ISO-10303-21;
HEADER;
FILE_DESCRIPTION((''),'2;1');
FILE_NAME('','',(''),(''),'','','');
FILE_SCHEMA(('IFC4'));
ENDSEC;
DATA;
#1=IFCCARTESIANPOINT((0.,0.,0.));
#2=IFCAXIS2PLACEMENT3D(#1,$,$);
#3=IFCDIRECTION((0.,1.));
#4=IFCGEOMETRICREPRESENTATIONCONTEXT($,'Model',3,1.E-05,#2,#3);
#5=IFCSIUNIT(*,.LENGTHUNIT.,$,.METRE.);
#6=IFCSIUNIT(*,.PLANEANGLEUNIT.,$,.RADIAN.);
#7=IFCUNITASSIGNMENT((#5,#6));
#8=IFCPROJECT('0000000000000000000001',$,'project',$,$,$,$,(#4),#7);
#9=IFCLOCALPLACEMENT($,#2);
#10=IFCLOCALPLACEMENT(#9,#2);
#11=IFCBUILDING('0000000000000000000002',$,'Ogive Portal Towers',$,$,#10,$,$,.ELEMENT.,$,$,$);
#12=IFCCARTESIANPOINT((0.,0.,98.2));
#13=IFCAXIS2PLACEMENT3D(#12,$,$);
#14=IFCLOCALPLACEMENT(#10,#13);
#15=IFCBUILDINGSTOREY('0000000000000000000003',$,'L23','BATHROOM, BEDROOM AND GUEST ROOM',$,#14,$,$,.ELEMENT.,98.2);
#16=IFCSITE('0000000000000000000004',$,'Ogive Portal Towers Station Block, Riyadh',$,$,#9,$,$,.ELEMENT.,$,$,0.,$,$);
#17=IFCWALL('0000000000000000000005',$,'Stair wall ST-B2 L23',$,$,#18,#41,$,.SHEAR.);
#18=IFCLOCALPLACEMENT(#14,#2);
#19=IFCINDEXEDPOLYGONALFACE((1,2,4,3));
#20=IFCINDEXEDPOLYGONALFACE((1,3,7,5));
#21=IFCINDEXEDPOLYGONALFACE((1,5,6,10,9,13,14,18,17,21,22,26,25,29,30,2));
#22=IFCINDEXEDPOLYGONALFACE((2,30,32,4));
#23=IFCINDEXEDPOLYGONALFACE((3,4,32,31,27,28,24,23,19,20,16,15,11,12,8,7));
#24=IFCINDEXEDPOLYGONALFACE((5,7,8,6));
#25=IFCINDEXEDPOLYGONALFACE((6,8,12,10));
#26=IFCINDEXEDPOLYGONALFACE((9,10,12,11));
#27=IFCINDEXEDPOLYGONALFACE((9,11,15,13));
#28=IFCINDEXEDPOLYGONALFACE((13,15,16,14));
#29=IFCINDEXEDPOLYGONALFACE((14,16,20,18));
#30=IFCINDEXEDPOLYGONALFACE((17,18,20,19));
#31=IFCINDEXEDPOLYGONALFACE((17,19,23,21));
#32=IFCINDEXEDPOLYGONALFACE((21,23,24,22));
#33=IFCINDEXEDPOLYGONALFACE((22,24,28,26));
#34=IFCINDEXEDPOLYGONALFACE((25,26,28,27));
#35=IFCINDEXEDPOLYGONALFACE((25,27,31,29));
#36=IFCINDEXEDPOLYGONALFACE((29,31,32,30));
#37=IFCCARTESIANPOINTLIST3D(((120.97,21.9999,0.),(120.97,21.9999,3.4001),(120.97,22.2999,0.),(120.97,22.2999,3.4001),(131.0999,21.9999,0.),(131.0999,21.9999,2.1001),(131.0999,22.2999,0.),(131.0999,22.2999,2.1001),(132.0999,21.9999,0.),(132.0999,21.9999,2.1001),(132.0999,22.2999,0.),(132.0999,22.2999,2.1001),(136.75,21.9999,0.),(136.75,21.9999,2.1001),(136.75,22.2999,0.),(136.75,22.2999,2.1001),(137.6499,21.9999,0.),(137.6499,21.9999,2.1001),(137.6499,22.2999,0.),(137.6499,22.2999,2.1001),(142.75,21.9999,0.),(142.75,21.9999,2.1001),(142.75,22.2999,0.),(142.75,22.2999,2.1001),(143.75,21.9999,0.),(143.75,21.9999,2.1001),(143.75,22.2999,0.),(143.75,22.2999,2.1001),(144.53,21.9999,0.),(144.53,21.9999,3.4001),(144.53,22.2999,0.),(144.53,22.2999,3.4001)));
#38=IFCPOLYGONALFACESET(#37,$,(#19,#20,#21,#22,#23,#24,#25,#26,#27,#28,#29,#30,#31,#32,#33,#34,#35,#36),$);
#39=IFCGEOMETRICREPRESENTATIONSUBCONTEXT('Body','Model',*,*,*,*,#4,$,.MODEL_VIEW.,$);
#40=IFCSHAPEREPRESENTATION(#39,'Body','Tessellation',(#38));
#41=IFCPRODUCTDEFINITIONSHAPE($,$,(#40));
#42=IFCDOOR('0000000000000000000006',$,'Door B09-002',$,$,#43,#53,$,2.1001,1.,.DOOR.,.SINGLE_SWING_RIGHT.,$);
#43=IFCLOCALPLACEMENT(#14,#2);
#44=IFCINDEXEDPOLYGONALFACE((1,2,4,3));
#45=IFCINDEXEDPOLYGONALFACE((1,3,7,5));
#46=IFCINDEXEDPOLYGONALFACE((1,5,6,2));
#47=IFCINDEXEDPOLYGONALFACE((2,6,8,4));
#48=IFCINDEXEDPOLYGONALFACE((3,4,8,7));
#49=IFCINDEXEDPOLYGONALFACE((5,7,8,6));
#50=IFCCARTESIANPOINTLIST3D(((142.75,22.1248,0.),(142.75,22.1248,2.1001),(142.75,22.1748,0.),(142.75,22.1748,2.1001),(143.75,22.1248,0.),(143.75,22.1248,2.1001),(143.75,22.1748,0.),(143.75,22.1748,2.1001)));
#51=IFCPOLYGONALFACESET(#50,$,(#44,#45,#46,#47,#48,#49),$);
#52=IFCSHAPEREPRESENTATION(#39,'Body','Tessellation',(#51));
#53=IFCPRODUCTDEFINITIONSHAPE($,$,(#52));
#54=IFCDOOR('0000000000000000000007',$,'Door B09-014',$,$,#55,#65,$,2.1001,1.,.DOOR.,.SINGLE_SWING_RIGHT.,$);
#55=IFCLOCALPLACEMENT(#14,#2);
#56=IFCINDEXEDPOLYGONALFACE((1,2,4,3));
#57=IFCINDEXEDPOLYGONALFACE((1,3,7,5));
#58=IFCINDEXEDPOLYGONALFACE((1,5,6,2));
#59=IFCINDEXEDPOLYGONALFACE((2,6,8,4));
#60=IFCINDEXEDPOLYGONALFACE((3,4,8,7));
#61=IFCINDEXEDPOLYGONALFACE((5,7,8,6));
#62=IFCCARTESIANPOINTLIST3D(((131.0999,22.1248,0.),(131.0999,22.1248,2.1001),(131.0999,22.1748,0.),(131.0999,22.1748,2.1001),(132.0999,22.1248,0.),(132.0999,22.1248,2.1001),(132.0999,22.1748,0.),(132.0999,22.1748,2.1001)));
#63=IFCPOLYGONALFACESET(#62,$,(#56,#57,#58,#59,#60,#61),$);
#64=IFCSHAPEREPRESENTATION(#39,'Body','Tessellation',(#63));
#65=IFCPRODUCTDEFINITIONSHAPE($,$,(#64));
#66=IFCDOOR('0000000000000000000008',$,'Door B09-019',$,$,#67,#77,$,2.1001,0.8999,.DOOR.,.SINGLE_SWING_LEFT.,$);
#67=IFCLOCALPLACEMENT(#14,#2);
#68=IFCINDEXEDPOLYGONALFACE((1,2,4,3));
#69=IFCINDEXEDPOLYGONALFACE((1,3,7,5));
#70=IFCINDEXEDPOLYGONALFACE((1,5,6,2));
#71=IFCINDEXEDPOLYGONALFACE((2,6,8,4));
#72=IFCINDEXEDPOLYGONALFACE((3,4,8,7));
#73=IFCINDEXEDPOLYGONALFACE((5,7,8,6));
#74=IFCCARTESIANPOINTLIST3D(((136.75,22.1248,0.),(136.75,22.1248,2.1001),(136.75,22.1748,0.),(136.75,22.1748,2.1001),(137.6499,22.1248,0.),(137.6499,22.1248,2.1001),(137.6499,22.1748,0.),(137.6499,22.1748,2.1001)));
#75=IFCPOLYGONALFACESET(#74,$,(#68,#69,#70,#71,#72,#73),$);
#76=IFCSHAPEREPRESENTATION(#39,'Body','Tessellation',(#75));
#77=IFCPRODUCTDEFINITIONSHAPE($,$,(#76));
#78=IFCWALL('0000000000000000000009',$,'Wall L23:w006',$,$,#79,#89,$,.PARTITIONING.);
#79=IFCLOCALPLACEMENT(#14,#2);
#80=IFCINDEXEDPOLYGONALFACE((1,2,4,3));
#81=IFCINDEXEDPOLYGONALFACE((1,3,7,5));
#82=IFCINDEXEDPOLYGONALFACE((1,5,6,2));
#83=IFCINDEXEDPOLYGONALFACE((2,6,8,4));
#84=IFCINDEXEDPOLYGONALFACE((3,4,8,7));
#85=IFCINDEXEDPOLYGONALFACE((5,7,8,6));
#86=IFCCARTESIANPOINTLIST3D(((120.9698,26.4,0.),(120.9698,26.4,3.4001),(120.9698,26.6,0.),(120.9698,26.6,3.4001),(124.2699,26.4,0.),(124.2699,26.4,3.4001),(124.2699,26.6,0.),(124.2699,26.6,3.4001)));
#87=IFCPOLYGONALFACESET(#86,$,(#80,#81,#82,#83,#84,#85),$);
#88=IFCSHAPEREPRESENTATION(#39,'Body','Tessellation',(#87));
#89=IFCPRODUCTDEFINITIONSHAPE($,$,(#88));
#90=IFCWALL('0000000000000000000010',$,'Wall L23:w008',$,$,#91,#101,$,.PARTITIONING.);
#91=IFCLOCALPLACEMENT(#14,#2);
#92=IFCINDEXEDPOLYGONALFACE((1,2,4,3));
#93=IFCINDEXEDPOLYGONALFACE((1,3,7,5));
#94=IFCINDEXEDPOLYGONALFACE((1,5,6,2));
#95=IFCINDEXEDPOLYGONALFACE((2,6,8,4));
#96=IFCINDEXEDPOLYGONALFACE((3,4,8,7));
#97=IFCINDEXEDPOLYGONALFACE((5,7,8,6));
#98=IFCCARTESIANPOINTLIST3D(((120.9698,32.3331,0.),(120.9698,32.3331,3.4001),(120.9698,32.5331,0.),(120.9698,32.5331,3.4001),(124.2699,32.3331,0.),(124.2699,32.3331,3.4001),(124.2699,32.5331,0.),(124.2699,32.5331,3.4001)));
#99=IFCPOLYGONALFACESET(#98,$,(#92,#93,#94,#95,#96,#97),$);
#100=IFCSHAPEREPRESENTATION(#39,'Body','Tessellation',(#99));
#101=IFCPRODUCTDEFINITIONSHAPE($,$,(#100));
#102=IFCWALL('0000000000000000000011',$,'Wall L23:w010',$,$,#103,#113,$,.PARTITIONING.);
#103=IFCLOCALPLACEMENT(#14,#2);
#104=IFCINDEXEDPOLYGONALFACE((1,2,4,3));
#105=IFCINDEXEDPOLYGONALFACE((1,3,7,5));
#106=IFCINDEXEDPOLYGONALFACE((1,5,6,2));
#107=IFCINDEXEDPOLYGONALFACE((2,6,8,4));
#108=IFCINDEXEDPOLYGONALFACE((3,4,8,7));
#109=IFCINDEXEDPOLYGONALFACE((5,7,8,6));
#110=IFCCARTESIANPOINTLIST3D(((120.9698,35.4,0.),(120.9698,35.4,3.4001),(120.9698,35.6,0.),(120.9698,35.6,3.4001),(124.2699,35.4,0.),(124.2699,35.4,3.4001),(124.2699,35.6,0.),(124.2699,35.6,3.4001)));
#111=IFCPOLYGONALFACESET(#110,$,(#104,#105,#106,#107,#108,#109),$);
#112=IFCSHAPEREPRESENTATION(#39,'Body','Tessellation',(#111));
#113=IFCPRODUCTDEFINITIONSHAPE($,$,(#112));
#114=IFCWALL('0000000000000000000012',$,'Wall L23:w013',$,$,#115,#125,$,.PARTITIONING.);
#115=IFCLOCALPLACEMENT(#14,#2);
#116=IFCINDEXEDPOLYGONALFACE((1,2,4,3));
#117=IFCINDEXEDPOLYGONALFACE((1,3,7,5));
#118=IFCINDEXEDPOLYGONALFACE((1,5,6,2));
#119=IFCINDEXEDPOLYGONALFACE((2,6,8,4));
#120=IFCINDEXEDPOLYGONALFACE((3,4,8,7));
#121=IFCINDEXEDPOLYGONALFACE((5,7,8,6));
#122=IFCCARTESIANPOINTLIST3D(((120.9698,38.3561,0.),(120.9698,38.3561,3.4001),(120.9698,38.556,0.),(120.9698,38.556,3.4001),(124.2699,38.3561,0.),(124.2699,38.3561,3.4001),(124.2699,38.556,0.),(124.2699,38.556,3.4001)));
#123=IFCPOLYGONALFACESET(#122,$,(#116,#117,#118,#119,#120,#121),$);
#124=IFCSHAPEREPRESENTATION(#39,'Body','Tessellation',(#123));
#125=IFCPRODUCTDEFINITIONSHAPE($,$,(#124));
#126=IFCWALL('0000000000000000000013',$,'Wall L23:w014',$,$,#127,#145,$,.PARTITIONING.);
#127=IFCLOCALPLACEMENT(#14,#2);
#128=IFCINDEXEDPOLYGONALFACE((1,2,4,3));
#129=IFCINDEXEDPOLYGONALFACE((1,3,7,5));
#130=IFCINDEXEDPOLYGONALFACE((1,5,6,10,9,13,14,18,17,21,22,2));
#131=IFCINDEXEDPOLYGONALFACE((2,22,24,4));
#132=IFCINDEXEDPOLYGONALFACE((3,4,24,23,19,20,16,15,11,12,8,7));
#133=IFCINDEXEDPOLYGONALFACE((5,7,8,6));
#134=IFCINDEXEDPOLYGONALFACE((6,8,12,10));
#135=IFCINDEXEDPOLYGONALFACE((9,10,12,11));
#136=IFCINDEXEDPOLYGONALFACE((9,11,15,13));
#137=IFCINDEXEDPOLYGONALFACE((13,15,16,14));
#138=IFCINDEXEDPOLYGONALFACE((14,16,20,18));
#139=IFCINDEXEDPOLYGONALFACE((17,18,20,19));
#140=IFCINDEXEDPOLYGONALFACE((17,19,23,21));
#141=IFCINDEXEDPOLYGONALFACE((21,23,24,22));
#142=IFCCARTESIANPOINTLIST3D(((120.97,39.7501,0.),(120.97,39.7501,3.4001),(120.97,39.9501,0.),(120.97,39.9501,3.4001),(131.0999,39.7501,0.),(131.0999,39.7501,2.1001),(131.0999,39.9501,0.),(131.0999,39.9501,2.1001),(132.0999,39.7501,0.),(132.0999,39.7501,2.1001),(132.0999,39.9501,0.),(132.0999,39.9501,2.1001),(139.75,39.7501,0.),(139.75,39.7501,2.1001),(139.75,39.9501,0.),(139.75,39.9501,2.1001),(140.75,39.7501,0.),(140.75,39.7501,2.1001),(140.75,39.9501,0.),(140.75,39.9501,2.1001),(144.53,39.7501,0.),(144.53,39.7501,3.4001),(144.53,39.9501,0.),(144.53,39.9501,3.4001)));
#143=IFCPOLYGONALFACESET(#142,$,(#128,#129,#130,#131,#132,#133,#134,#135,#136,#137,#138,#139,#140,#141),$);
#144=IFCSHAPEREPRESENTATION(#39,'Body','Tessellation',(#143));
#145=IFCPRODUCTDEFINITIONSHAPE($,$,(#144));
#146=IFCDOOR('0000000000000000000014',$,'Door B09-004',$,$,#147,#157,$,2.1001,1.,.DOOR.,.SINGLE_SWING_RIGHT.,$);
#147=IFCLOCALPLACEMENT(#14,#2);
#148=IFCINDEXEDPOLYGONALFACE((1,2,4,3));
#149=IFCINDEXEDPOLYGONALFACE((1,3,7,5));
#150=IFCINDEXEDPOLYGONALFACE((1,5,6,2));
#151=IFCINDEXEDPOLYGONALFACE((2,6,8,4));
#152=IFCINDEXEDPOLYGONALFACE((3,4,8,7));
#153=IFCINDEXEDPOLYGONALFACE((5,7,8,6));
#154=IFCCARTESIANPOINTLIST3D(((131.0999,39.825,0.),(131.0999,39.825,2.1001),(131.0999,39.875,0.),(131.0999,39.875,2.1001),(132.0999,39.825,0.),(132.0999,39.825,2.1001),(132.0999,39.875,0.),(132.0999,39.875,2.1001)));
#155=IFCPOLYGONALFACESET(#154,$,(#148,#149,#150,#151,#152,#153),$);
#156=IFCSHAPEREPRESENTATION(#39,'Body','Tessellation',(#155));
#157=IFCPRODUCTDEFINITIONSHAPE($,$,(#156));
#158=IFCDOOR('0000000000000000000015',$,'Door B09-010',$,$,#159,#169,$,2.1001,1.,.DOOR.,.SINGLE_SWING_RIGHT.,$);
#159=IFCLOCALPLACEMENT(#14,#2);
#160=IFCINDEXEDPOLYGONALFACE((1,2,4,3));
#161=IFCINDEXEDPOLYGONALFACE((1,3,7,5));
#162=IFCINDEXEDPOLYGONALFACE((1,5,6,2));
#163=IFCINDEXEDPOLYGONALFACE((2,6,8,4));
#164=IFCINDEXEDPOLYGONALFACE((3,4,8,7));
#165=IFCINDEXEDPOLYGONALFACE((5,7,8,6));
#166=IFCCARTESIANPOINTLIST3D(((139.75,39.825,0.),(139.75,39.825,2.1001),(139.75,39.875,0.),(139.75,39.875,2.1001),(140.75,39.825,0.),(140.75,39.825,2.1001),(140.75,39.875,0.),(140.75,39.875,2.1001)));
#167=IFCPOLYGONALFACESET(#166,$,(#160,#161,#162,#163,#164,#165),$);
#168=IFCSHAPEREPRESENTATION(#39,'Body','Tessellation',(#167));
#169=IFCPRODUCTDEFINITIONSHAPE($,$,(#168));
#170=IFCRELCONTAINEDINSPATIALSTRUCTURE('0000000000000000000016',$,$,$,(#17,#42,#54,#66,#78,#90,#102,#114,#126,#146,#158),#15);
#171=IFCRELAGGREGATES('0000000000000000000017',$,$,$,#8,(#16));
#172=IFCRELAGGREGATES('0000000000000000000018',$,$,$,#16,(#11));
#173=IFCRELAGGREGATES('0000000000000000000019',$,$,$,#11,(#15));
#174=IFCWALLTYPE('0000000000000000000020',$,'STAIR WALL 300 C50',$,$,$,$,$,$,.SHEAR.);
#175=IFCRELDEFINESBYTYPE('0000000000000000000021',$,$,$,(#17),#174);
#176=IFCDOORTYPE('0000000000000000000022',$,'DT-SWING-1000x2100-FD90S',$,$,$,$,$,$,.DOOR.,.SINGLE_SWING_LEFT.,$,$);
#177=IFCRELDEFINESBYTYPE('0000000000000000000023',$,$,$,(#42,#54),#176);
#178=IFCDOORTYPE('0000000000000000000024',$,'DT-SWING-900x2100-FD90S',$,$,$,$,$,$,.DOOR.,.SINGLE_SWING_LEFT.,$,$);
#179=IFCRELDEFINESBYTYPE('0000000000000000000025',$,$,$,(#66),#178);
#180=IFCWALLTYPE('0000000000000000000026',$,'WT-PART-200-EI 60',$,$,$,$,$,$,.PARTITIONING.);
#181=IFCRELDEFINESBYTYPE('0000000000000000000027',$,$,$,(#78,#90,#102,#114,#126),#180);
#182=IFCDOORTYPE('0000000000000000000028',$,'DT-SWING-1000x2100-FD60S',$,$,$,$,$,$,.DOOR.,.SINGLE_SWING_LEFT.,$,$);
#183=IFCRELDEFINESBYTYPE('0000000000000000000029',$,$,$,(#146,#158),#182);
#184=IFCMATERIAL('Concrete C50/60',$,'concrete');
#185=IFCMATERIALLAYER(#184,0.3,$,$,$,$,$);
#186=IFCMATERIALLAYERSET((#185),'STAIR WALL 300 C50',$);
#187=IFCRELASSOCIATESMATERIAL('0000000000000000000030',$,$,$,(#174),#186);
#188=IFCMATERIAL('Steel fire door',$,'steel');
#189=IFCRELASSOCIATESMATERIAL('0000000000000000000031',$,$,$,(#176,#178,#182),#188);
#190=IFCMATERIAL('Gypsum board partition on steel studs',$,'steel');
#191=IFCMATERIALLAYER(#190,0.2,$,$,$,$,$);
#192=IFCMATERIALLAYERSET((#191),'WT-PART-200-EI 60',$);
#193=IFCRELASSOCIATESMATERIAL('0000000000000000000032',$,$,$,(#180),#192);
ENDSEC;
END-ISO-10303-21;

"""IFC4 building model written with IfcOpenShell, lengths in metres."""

from ifc_helpers import new_model, si_unit, direction, frame, frame_2d, origin, place, context, subcontext, project, spatial, rectangle, extrude, material, layer, layer_set, type_object, element, fill, save


model = new_model("IFC4")

# Units and contexts
model_context = context("Model", 3, precision=1e-05, world=origin(), true_north=direction((0.0, 1.0)))
body_context = subcontext(model_context, "Body", "Model", "MODEL_VIEW")
ifc_project = project(units=[si_unit("LENGTHUNIT", "METRE"), si_unit("PLANEANGLEUNIT", "RADIAN")], contexts=[model_context])

# Site, building, storey
site_placement = place(None, origin())
site = spatial("IfcSite", under=ifc_project, at=site_placement, Name="Ogive Portal Towers Station Block, Riyadh", CompositionType="ELEMENT", RefElevation=0.0)
building_placement = place(site_placement, origin())
building = spatial("IfcBuilding", under=site, at=building_placement, Name="Ogive Portal Towers", CompositionType="ELEMENT")
storey_placement = place(building_placement, frame((0.0, 0.0, 98.2)))
storey = spatial("IfcBuildingStorey", under=building, at=storey_placement, Name="L23", Description="BATHROOM, BEDROOM AND GUEST ROOM", CompositionType="ELEMENT", Elevation=98.2)

# Wall, openings, doors
ifc_material_1 = material(Name="Concrete C50/60", Category="concrete")
ifc_layer_1 = layer(ifc_material_1, 0.3)
ifc_layer_set_1 = layer_set([ifc_layer_1], Name="STAIR WALL 300 C50")
wall_type_1 = type_object("IfcWallType", Name="STAIR WALL 300 C50", PredefinedType="SHEAR", material=ifc_layer_set_1)
wall_1_placement = place(storey_placement, frame((120.97, 22.1499, 0.0), z_axis=(0.0, 0.0, 1.0), x_axis=(1.0, 0.0, 0.0)))
wall_1 = element("IfcWall", 1, at=wall_1_placement, inside=storey, type_object=wall_type_1, Name="Stair wall ST-B2 L23", PredefinedType="SHEAR", context=body_context, shape_type="SweptSolid", body=[
    extrude(rectangle(XDim=23.5601, YDim=0.3, at=frame_2d((11.78, 0.0))), origin(), (0.0, 0.0, 1.0), 3.4001),
])
opening_1_placement = place(wall_1_placement, frame((21.78, 0.0, 0.0)))
opening_1 = element("IfcOpeningElement", 2, at=opening_1_placement, cuts=wall_1, PredefinedType="OPENING", context=body_context, shape_type="SweptSolid", body=[
    extrude(rectangle(XDim=1.0, YDim=2.1001, at=frame_2d((0.5, 1.05))), frame((0.0, 0.1602, 0.0), z_axis=(0.0, -1.0, 0.0), x_axis=(1.0, 0.0, 0.0)), (0.0, 0.0, 1.0), 0.3201),
])
opening_2_placement = place(wall_1_placement, frame((10.1299, 0.0, 0.0)))
opening_2 = element("IfcOpeningElement", 3, at=opening_2_placement, cuts=wall_1, PredefinedType="OPENING", context=body_context, shape_type="SweptSolid", body=[
    extrude(rectangle(XDim=1.0, YDim=2.1001, at=frame_2d((0.5, 1.05))), frame((0.0, 0.1602, 0.0), z_axis=(0.0, -1.0, 0.0), x_axis=(1.0, 0.0, 0.0)), (0.0, 0.0, 1.0), 0.3201),
])
opening_3_placement = place(wall_1_placement, frame((15.78, 0.0, 0.0)))
opening_3 = element("IfcOpeningElement", 4, at=opening_3_placement, cuts=wall_1, PredefinedType="OPENING", context=body_context, shape_type="SweptSolid", body=[
    extrude(rectangle(XDim=0.8999, YDim=2.1001, at=frame_2d((0.45, 1.05))), frame((0.0, 0.1602, 0.0), z_axis=(0.0, -1.0, 0.0), x_axis=(1.0, 0.0, 0.0)), (0.0, 0.0, 1.0), 0.3201),
])
ifc_material_2 = material(Name="Steel fire door", Category="steel")
door_type_1 = type_object("IfcDoorType", Name="DT-SWING-1000x2100-FD90S", OperationType="SINGLE_SWING_LEFT", PredefinedType="DOOR", material=ifc_material_2)
door_1_placement = place(opening_1_placement, origin())
door_1 = element("IfcDoor", 5, at=door_1_placement, inside=storey, type_object=door_type_1, Name="Door B09-002", OperationType="SINGLE_SWING_RIGHT", OverallHeight=2.1001, OverallWidth=1.0, PredefinedType="DOOR", context=body_context, shape_type="SweptSolid", body=[
    extrude(rectangle(XDim=1.0, YDim=2.1001, at=frame_2d((0.5, 1.05))), frame((0.0, 0.0249, 0.0), z_axis=(0.0, -1.0, 0.0), x_axis=(1.0, 0.0, 0.0)), (0.0, 0.0, 1.0), 0.05),
])
fill(opening_1, door_1)
door_2_placement = place(opening_2_placement, origin())
door_2 = element("IfcDoor", 6, at=door_2_placement, inside=storey, type_object=door_type_1, Name="Door B09-014", OperationType="SINGLE_SWING_RIGHT", OverallHeight=2.1001, OverallWidth=1.0, PredefinedType="DOOR", context=body_context, shape_type="SweptSolid", body=[
    extrude(rectangle(XDim=1.0, YDim=2.1001, at=frame_2d((0.5, 1.05))), frame((0.0, 0.0249, 0.0), z_axis=(0.0, -1.0, 0.0), x_axis=(1.0, 0.0, 0.0)), (0.0, 0.0, 1.0), 0.05),
])
fill(opening_2, door_2)
door_type_2 = type_object("IfcDoorType", Name="DT-SWING-900x2100-FD90S", OperationType="SINGLE_SWING_LEFT", PredefinedType="DOOR", material=ifc_material_2)
door_3_placement = place(opening_3_placement, origin())
door_3 = element("IfcDoor", 7, at=door_3_placement, inside=storey, type_object=door_type_2, Name="Door B09-019", OperationType="SINGLE_SWING_LEFT", OverallHeight=2.1001, OverallWidth=0.8999, PredefinedType="DOOR", context=body_context, shape_type="SweptSolid", body=[
    extrude(rectangle(XDim=0.8999, YDim=2.1001, at=frame_2d((0.45, 1.05))), frame((0.0, 0.0249, 0.0), z_axis=(0.0, -1.0, 0.0), x_axis=(1.0, 0.0, 0.0)), (0.0, 0.0, 1.0), 0.05),
])
fill(opening_3, door_3)

# Walls
ifc_material_3 = material(Name="Gypsum board partition on steel studs", Category="steel")
ifc_layer_2 = layer(ifc_material_3, 0.2)
ifc_layer_set_2 = layer_set([ifc_layer_2], Name="WT-PART-200-EI 60")
wall_type_2 = type_object("IfcWallType", Name="WT-PART-200-EI 60", PredefinedType="PARTITIONING", material=ifc_layer_set_2)
for number, where, z_axis, x_axis, name in (
    (8, (120.97, 26.5, 0.0), (0.0, 0.0, 1.0), (1.0, 0.0, 0.0), "Wall L23:w006"),
    (9, (120.97, 32.4331, 0.0), (0.0, 0.0, 1.0), (1.0, 0.0, 0.0), "Wall L23:w008"),
    (10, (120.97, 35.5, 0.0), (0.0, 0.0, 1.0), (1.0, 0.0, 0.0), "Wall L23:w010"),
    (11, (120.97, 38.4561, 0.0), (0.0, 0.0, 1.0), (1.0, 0.0, 0.0), "Wall L23:w013"),
):
    element("IfcWall", number, at=place(storey_placement, frame(where, z_axis=z_axis, x_axis=x_axis)), inside=storey, type_object=wall_type_2, Name=name, PredefinedType="PARTITIONING", context=body_context, shape_type="SweptSolid", body=[
        extrude(rectangle(XDim=3.3, YDim=0.2, at=frame_2d((1.6499, 0.0))), origin(), (0.0, 0.0, 1.0), 3.4001),
    ])

# Wall, openings, doors
wall_2_placement = place(storey_placement, frame((120.97, 39.8501, 0.0), z_axis=(0.0, 0.0, 1.0), x_axis=(1.0, 0.0, 0.0)))
wall_2 = element("IfcWall", 12, at=wall_2_placement, inside=storey, type_object=wall_type_2, Name="Wall L23:w014", PredefinedType="PARTITIONING", context=body_context, shape_type="SweptSolid", body=[
    extrude(rectangle(XDim=23.5601, YDim=0.2, at=frame_2d((11.78, 0.0))), origin(), (0.0, 0.0, 1.0), 3.4001),
])
opening_4_placement = place(wall_2_placement, frame((10.1299, 0.0, 0.0)))
opening_4 = element("IfcOpeningElement", 13, at=opening_4_placement, cuts=wall_2, PredefinedType="OPENING", context=body_context, shape_type="SweptSolid", body=[
    extrude(rectangle(XDim=1.0, YDim=2.1001, at=frame_2d((0.5, 1.05))), frame((0.0, 0.1099, 0.0), z_axis=(0.0, -1.0, 0.0), x_axis=(1.0, 0.0, 0.0)), (0.0, 0.0, 1.0), 0.22),
])
opening_5_placement = place(wall_2_placement, frame((18.78, 0.0, 0.0)))
opening_5 = element("IfcOpeningElement", 14, at=opening_5_placement, cuts=wall_2, PredefinedType="OPENING", context=body_context, shape_type="SweptSolid", body=[
    extrude(rectangle(XDim=1.0, YDim=2.1001, at=frame_2d((0.5, 1.05))), frame((0.0, 0.1099, 0.0), z_axis=(0.0, -1.0, 0.0), x_axis=(1.0, 0.0, 0.0)), (0.0, 0.0, 1.0), 0.22),
])
door_type_3 = type_object("IfcDoorType", Name="DT-SWING-1000x2100-FD60S", OperationType="SINGLE_SWING_LEFT", PredefinedType="DOOR", material=ifc_material_2)
door_4_placement = place(opening_4_placement, origin())
door_4 = element("IfcDoor", 15, at=door_4_placement, inside=storey, type_object=door_type_3, Name="Door B09-004", OperationType="SINGLE_SWING_RIGHT", OverallHeight=2.1001, OverallWidth=1.0, PredefinedType="DOOR", context=body_context, shape_type="SweptSolid", body=[
    extrude(rectangle(XDim=1.0, YDim=2.1001, at=frame_2d((0.5, 1.05))), frame((0.0, 0.0249, 0.0), z_axis=(0.0, -1.0, 0.0), x_axis=(1.0, 0.0, 0.0)), (0.0, 0.0, 1.0), 0.05),
])
fill(opening_4, door_4)
door_5_placement = place(opening_5_placement, origin())
door_5 = element("IfcDoor", 16, at=door_5_placement, inside=storey, type_object=door_type_3, Name="Door B09-010", OperationType="SINGLE_SWING_RIGHT", OverallHeight=2.1001, OverallWidth=1.0, PredefinedType="DOOR", context=body_context, shape_type="SweptSolid", body=[
    extrude(rectangle(XDim=1.0, YDim=2.1001, at=frame_2d((0.5, 1.05))), frame((0.0, 0.0249, 0.0), z_axis=(0.0, -1.0, 0.0), x_axis=(1.0, 0.0, 0.0)), (0.0, 0.0, 1.0), 0.05),
])
fill(opening_5, door_5)

save(model, "model.ifc")
